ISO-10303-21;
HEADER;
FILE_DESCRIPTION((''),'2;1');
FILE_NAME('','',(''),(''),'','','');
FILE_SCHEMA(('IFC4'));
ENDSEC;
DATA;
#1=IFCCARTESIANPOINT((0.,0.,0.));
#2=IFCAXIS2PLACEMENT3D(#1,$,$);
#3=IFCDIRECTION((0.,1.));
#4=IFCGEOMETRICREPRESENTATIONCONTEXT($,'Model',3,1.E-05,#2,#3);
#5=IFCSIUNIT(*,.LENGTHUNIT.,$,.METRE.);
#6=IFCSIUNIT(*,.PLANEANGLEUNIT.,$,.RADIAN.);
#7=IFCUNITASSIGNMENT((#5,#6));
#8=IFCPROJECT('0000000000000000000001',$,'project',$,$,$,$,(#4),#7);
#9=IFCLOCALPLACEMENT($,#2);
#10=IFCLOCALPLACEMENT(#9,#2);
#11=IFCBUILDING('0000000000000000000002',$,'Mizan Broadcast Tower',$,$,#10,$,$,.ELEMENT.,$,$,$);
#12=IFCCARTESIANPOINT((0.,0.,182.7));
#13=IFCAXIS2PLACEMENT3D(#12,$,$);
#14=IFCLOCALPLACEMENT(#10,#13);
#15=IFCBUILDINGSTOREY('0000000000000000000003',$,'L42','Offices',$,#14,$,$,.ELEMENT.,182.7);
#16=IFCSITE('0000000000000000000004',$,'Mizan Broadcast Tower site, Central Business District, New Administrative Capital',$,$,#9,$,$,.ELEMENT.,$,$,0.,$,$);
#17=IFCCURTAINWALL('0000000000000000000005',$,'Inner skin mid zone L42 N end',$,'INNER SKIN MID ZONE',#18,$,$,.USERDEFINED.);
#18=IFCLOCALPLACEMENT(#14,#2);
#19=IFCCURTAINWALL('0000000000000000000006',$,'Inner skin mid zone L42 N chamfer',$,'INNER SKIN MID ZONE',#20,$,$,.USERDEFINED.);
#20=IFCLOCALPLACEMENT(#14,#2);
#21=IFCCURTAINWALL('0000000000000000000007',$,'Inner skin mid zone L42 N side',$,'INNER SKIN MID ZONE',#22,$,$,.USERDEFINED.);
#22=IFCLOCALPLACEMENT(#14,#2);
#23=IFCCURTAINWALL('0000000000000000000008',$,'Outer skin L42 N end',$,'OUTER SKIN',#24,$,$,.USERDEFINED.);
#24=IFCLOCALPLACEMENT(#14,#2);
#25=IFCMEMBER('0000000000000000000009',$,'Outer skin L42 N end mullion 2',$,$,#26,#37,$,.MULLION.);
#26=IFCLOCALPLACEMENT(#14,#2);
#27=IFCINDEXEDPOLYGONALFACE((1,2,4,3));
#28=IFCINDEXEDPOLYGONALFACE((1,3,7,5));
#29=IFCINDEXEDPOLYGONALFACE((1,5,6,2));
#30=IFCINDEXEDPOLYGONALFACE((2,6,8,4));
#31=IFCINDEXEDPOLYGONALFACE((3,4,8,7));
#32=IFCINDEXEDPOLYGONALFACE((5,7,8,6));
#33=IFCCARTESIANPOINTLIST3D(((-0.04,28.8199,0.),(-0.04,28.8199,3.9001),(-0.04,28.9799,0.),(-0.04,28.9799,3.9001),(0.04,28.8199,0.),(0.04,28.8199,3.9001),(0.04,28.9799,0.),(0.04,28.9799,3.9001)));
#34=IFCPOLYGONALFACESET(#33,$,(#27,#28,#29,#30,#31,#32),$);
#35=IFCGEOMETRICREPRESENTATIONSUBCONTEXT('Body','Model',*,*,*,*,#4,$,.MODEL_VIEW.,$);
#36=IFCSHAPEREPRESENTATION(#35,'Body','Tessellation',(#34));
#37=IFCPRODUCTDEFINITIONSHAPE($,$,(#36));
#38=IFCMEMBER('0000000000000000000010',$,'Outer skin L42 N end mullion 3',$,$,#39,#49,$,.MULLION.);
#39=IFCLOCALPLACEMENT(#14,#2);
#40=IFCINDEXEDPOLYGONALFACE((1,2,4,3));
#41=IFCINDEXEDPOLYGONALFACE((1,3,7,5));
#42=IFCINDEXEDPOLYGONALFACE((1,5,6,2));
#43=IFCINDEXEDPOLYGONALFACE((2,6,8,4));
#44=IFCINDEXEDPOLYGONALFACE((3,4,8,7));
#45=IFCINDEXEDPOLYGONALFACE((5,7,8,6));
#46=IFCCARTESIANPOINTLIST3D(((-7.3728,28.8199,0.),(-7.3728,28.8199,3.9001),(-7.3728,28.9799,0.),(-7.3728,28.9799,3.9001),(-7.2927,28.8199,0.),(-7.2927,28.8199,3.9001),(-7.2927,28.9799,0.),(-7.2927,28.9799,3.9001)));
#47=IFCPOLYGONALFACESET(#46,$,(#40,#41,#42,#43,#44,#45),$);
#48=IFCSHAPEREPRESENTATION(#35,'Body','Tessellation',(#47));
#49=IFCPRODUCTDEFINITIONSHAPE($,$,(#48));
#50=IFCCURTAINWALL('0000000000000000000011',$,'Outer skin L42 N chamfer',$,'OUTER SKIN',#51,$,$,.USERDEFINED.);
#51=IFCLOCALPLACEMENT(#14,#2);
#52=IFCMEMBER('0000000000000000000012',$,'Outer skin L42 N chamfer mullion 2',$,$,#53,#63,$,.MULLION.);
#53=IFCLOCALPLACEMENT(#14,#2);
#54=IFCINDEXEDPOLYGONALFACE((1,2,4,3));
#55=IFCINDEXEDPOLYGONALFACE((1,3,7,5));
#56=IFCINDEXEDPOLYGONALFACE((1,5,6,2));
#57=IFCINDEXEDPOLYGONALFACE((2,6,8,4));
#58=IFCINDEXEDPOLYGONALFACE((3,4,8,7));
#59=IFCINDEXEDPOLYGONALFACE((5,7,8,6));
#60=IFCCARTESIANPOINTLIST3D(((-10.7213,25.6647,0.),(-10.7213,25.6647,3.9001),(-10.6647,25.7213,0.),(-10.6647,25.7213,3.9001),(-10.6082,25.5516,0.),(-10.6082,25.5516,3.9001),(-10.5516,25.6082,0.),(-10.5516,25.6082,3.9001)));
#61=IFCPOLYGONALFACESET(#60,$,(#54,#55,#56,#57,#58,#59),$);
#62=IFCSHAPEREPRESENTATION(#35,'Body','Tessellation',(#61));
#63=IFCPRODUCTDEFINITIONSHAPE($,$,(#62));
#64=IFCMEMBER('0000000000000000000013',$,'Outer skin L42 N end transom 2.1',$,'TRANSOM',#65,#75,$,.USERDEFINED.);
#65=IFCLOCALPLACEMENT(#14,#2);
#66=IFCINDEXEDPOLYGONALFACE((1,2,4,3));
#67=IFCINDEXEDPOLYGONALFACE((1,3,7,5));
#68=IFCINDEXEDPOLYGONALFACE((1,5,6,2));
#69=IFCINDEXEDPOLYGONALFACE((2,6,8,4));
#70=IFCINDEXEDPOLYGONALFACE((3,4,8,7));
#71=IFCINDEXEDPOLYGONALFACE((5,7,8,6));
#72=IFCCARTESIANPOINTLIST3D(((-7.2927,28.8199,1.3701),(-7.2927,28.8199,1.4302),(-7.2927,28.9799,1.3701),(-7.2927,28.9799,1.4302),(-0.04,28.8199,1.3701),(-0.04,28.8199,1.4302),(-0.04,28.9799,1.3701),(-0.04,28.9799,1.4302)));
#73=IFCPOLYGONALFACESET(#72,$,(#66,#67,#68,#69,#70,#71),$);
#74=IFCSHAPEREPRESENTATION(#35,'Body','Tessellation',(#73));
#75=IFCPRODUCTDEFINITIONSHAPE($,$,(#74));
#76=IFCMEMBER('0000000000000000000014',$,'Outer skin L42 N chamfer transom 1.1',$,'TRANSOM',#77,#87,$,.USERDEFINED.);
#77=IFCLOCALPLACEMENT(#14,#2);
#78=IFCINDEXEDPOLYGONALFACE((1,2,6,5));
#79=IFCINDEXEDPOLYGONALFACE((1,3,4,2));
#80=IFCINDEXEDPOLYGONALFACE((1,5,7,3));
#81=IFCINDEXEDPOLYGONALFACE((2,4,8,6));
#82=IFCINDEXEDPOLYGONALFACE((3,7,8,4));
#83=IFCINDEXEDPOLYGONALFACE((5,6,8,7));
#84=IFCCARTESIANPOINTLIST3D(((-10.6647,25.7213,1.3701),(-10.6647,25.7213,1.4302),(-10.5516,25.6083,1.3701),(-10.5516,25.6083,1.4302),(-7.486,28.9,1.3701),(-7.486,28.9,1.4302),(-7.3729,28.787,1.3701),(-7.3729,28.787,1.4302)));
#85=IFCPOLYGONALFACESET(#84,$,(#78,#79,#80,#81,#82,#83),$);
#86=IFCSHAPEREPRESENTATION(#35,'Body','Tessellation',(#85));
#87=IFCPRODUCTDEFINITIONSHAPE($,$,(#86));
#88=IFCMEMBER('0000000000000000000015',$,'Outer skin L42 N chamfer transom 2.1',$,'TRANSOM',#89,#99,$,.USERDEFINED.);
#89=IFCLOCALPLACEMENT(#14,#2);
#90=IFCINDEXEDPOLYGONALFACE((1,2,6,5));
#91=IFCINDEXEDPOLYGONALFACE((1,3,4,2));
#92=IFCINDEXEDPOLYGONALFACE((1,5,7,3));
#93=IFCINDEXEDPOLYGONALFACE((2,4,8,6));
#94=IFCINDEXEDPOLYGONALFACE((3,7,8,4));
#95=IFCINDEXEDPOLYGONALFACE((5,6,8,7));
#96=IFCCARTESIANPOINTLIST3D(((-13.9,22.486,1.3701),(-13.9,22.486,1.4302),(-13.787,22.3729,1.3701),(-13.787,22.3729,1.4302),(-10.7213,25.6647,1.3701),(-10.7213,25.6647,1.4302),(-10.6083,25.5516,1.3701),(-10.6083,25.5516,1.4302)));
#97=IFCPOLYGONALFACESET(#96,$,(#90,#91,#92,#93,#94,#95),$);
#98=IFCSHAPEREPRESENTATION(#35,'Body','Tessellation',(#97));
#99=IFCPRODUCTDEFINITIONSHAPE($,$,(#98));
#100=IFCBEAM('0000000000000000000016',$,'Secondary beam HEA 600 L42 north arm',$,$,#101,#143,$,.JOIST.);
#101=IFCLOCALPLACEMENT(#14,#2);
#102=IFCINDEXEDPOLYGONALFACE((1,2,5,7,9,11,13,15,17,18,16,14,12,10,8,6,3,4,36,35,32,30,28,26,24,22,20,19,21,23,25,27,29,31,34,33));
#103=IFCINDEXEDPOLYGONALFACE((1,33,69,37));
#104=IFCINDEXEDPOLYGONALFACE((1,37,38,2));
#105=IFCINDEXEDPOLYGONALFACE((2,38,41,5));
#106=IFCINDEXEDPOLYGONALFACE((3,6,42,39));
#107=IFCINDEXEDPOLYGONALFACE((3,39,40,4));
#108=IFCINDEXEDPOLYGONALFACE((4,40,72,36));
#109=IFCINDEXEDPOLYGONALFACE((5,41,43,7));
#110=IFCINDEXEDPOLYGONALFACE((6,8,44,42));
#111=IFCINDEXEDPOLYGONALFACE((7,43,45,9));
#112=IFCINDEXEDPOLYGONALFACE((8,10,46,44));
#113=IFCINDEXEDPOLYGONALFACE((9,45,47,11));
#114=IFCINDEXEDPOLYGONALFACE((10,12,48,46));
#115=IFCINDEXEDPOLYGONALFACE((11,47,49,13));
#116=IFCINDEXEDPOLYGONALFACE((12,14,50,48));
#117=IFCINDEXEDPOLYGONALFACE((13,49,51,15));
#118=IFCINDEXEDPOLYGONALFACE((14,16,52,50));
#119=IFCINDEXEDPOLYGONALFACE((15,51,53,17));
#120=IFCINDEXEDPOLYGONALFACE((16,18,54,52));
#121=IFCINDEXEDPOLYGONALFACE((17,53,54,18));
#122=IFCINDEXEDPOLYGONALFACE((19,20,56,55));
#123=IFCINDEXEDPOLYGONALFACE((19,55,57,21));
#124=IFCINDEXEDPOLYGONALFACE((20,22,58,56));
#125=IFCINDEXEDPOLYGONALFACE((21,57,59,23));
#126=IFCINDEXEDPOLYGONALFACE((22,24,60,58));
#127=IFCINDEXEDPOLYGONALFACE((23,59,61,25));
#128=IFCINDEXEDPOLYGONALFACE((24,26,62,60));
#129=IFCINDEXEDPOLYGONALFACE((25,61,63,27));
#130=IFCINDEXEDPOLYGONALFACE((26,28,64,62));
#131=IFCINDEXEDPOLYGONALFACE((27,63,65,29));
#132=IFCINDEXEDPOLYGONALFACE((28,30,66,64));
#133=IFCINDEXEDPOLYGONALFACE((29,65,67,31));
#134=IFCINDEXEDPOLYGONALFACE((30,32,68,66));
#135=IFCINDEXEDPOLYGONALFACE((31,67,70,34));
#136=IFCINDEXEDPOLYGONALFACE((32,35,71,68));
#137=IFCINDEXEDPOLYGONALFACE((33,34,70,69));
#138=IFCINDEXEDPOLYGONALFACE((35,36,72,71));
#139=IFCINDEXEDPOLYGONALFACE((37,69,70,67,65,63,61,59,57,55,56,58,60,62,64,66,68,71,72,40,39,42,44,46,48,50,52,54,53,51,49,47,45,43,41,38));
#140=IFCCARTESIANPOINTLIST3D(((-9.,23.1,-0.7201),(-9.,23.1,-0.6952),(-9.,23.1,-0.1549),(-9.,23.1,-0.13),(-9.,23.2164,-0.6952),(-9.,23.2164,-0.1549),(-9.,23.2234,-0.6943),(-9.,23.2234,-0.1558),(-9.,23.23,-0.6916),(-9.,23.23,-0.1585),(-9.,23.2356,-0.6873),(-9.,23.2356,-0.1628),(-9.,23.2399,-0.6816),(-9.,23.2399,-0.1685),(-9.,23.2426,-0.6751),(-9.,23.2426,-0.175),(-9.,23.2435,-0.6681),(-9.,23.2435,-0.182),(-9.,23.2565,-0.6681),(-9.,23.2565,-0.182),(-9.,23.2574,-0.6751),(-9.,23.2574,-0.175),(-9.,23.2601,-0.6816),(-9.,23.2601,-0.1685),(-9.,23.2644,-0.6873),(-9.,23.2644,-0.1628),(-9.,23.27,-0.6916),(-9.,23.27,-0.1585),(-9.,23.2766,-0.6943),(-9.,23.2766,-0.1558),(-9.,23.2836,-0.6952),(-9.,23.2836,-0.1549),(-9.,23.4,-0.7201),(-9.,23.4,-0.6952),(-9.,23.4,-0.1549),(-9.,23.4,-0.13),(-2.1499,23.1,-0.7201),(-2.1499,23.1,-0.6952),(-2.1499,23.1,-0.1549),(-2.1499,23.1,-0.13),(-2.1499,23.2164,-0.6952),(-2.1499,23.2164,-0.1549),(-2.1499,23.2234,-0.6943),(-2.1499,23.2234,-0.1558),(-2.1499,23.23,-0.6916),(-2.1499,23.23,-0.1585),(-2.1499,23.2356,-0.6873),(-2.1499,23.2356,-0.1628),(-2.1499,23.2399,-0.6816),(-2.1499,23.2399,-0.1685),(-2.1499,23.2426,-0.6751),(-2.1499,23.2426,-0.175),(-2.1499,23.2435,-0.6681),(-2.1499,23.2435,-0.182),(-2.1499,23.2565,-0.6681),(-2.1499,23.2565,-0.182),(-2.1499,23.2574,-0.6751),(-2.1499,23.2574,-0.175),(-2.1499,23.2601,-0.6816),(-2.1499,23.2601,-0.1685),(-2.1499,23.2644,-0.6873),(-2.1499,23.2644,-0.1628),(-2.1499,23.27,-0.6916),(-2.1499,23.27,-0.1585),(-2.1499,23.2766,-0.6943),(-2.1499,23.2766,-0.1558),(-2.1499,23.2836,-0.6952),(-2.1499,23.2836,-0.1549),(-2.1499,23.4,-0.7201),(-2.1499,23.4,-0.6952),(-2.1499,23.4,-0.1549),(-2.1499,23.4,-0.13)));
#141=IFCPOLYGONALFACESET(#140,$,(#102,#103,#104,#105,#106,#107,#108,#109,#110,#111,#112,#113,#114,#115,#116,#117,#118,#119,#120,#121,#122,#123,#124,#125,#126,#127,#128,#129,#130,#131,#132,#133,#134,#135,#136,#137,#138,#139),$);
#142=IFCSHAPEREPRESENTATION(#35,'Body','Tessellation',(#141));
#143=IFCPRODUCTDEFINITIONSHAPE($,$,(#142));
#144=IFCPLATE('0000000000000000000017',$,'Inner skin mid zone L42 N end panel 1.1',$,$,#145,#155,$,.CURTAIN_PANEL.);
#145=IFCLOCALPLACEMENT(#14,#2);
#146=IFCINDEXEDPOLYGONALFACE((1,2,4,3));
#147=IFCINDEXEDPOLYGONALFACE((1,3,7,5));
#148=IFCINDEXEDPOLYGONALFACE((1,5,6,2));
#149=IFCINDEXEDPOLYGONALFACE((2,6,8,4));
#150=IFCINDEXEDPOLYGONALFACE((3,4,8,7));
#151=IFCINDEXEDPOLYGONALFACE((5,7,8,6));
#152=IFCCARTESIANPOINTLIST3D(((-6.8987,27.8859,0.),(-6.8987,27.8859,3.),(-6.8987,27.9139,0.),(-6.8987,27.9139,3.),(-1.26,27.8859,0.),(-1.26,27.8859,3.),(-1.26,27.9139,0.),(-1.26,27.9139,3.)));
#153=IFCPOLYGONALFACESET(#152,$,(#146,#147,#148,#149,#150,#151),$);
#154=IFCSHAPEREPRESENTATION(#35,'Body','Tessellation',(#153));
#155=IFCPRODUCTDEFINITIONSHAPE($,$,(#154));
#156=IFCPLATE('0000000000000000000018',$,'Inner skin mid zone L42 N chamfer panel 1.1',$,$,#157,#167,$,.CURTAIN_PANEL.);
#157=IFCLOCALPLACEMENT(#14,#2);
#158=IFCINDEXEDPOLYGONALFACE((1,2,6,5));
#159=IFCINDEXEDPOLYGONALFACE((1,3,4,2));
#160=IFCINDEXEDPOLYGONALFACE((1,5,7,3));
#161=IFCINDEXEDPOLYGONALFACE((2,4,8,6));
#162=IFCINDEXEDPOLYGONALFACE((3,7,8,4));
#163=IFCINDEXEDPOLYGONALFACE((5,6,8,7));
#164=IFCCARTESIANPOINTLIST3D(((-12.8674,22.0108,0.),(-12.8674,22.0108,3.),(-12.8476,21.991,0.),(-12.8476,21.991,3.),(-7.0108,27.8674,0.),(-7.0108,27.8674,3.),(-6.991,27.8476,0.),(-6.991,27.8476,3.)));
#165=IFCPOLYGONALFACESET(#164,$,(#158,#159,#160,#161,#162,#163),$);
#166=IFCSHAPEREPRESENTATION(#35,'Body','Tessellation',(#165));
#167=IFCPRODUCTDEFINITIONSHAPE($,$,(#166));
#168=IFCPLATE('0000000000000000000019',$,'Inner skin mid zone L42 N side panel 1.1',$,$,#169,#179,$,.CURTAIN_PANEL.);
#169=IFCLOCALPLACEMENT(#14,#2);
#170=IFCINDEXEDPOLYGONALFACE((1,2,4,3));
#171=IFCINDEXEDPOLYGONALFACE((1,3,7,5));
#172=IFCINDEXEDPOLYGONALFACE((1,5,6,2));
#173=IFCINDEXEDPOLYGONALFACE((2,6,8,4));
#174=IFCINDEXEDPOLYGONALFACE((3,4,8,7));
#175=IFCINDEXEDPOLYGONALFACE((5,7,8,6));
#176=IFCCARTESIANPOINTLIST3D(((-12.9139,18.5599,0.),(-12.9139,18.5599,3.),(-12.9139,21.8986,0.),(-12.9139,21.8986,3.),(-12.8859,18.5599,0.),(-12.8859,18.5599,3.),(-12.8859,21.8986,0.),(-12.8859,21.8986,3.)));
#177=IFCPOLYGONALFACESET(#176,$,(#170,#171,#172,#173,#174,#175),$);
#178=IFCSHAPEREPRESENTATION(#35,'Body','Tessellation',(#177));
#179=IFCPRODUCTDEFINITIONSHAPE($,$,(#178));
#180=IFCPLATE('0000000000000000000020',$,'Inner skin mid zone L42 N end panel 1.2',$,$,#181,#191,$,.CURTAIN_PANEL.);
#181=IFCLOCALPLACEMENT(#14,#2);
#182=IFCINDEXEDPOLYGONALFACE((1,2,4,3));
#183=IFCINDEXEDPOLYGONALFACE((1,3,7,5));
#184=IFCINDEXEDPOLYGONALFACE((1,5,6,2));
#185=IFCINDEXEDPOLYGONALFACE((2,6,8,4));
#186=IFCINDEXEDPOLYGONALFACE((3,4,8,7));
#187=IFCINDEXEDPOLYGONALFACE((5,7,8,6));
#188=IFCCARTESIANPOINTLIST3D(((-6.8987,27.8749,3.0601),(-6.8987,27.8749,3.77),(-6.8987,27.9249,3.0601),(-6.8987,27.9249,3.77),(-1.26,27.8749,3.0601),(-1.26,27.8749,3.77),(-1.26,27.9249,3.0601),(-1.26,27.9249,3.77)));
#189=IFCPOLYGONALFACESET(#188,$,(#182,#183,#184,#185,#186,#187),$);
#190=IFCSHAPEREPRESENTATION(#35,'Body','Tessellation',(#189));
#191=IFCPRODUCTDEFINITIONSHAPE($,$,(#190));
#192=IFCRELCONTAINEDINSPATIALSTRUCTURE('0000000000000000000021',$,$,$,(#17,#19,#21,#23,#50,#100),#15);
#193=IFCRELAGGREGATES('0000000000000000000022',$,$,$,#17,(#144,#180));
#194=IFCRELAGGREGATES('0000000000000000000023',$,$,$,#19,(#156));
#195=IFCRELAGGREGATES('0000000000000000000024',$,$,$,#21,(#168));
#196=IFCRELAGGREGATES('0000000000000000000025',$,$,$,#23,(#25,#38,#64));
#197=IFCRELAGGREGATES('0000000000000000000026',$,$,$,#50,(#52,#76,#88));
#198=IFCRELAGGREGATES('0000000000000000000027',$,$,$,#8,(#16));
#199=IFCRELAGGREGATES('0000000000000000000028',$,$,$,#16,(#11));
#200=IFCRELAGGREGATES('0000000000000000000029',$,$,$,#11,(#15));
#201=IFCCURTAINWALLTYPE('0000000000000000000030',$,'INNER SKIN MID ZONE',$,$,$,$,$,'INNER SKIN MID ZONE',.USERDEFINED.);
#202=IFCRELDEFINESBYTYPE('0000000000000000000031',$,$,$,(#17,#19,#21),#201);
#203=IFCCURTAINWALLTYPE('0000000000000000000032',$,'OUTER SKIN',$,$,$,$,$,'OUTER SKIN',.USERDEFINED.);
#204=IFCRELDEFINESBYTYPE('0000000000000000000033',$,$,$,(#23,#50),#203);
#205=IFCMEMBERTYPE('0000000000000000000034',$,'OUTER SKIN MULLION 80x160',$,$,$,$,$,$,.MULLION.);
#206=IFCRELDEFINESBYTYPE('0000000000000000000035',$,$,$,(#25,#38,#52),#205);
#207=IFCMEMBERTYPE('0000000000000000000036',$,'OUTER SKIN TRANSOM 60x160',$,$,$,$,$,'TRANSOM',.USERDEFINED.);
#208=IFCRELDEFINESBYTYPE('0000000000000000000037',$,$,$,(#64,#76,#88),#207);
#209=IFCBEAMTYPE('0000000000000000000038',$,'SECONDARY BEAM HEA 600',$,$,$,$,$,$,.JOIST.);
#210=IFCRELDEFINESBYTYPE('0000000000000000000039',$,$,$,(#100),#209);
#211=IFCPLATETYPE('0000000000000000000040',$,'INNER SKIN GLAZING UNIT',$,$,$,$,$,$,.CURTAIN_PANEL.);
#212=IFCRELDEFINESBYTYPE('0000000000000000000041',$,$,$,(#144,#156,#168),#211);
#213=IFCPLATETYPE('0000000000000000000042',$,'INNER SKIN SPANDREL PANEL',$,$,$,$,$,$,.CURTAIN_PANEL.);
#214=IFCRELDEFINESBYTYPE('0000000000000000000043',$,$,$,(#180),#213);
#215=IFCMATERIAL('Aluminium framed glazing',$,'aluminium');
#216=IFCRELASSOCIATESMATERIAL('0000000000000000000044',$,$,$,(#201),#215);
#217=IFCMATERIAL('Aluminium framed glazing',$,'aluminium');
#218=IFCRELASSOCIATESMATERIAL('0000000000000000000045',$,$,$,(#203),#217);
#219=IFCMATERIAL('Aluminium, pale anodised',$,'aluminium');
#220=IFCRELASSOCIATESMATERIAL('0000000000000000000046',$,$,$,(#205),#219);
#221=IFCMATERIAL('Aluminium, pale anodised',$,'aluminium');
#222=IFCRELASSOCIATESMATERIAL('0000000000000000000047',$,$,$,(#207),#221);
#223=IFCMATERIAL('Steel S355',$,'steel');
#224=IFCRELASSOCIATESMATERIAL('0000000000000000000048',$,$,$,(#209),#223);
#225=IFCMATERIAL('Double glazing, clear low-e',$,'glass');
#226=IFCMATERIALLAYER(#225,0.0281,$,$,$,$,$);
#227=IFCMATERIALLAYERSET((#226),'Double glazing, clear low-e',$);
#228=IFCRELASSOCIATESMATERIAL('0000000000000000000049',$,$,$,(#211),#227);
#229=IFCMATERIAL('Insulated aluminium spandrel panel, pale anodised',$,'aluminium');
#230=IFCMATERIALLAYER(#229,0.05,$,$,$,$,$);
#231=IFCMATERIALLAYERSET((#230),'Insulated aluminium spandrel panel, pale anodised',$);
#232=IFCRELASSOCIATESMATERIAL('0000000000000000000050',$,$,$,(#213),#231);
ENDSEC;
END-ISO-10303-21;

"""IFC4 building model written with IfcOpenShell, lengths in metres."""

from ifc_helpers import new_model, si_unit, direction, frame, origin, origin_2d, place, context, subcontext, project, spatial, rectangle, i_section, extrude, material, layer, layer_set, material_profile, profile_set, type_object, element, aggregate, save


model = new_model("IFC4")

# Units and contexts
model_context = context("Model", 3, precision=1e-05, world=origin(), true_north=direction((0.0, 1.0)))
body_context = subcontext(model_context, "Body", "Model", "MODEL_VIEW")
ifc_project = project(units=[si_unit("LENGTHUNIT", "METRE"), si_unit("PLANEANGLEUNIT", "RADIAN")], contexts=[model_context])

# Site, building, storey
site_placement = place(None, origin())
site = spatial("IfcSite", under=ifc_project, at=site_placement, Name="Mizan Broadcast Tower site, Central Business District, New Administrative Capital", CompositionType="ELEMENT", RefElevation=0.0)
building_placement = place(site_placement, origin())
building = spatial("IfcBuilding", under=site, at=building_placement, Name="Mizan Broadcast Tower", CompositionType="ELEMENT")
storey_placement = place(building_placement, frame((0.0, 0.0, 182.7)))
storey = spatial("IfcBuildingStorey", under=building, at=storey_placement, Name="L42", Description="Offices", CompositionType="ELEMENT", Elevation=182.7)

# Curtain wall
ifc_material_1 = material(Name="Aluminium framed glazing", Category="aluminium")
curtain_wall_type_1 = type_object("IfcCurtainWallType", Name="INNER SKIN MID ZONE", ElementType="INNER SKIN MID ZONE", PredefinedType="USERDEFINED", material=ifc_material_1)
curtain_wall_1_placement = place(storey_placement, origin())
curtain_wall_1 = element("IfcCurtainWall", 1, at=curtain_wall_1_placement, inside=storey, type_object=curtain_wall_type_1, Name="Inner skin mid zone L42 N end", ObjectType="INNER SKIN MID ZONE", PredefinedType="USERDEFINED")

# Curtain wall
curtain_wall_2_placement = place(storey_placement, origin())
curtain_wall_2 = element("IfcCurtainWall", 2, at=curtain_wall_2_placement, inside=storey, type_object=curtain_wall_type_1, Name="Inner skin mid zone L42 N chamfer", ObjectType="INNER SKIN MID ZONE", PredefinedType="USERDEFINED")

# Curtain wall
curtain_wall_3_placement = place(storey_placement, origin())
curtain_wall_3 = element("IfcCurtainWall", 3, at=curtain_wall_3_placement, inside=storey, type_object=curtain_wall_type_1, Name="Inner skin mid zone L42 N side", ObjectType="INNER SKIN MID ZONE", PredefinedType="USERDEFINED")

# Curtain wall, members
ifc_material_2 = material(Name="Aluminium framed glazing", Category="aluminium")
curtain_wall_type_2 = type_object("IfcCurtainWallType", Name="OUTER SKIN", ElementType="OUTER SKIN", PredefinedType="USERDEFINED", material=ifc_material_2)
curtain_wall_4_placement = place(storey_placement, origin())
curtain_wall_4 = element("IfcCurtainWall", 4, at=curtain_wall_4_placement, inside=storey, type_object=curtain_wall_type_2, Name="Outer skin L42 N end", ObjectType="OUTER SKIN", PredefinedType="USERDEFINED")
ifc_material_3 = material(Name="Aluminium, pale anodised", Category="aluminium")
ifc_material_profile_1 = material_profile(ifc_material_3, rectangle(XDim=0.1599, YDim=0.0801, at=origin_2d()), Name="MULLION 160x80")
ifc_profile_set_1 = profile_set([ifc_material_profile_1], Name="Aluminium, pale anodised")
member_type_1 = type_object("IfcMemberType", Name="OUTER SKIN MULLION 80x160", PredefinedType="MULLION", material=ifc_profile_set_1)
member_1_placement = place(storey_placement, frame((0.0, 28.8999, 0.0), z_axis=(0.0, 0.0, 1.0), x_axis=(0.0, -1.0, 0.0)))
member_1 = element("IfcMember", 5, at=member_1_placement, type_object=member_type_1, Name="Outer skin L42 N end mullion 2", PredefinedType="MULLION", context=body_context, shape_type="SweptSolid", body=[
    extrude(rectangle(XDim=0.1599, YDim=0.0801, at=origin_2d()), origin(), (0.0, 0.0, 1.0), 3.9001),
])
member_2_placement = place(storey_placement, frame((-7.3328, 28.8999, 0.0), z_axis=(0.0, 0.0, 1.0), x_axis=(0.0, -1.0, 0.0)))
member_2 = element("IfcMember", 6, at=member_2_placement, type_object=member_type_1, Name="Outer skin L42 N end mullion 3", PredefinedType="MULLION", context=body_context, shape_type="SweptSolid", body=[
    extrude(rectangle(XDim=0.1599, YDim=0.0801, at=origin_2d()), origin(), (0.0, 0.0, 1.0), 3.9001),
])

# Curtain wall, member
curtain_wall_5_placement = place(storey_placement, origin())
curtain_wall_5 = element("IfcCurtainWall", 7, at=curtain_wall_5_placement, inside=storey, type_object=curtain_wall_type_2, Name="Outer skin L42 N chamfer", ObjectType="OUTER SKIN", PredefinedType="USERDEFINED")
member_3_placement = place(storey_placement, frame((-10.6365, 25.6365, 0.0), z_axis=(0.0, 0.0, 1.0), x_axis=(0.707107, -0.707107, 0.0)))
member_3 = element("IfcMember", 8, at=member_3_placement, type_object=member_type_1, Name="Outer skin L42 N chamfer mullion 2", PredefinedType="MULLION", context=body_context, shape_type="SweptSolid", body=[
    extrude(rectangle(XDim=0.1599, YDim=0.0801, at=origin_2d()), origin(), (0.0, 0.0, 1.0), 3.9001),
])

# Members
ifc_material_4 = material(Name="Aluminium, pale anodised", Category="aluminium")
ifc_material_profile_2 = material_profile(ifc_material_4, rectangle(XDim=0.1599, YDim=0.0601, at=origin_2d()), Name="TRANSOM 160x60")
ifc_profile_set_2 = profile_set([ifc_material_profile_2], Name="Aluminium, pale anodised")
member_type_2 = type_object("IfcMemberType", Name="OUTER SKIN TRANSOM 60x160", ElementType="TRANSOM", PredefinedType="USERDEFINED", material=ifc_profile_set_2)
member_4_placement = place(storey_placement, frame((-0.04, 28.8999, 1.4001), z_axis=(-1.0, 0.0, 0.0), x_axis=(0.0, -1.0, 0.0)))
member_4 = element("IfcMember", 9, at=member_4_placement, type_object=member_type_2, Name="Outer skin L42 N end transom 2.1", ObjectType="TRANSOM", PredefinedType="USERDEFINED", context=body_context, shape_type="SweptSolid", body=[
    extrude(rectangle(XDim=0.1599, YDim=0.0601, at=origin_2d()), origin(), (0.0, 0.0, 1.0), 7.2527),
])
member_5_placement = place(storey_placement, frame((-7.4294, 28.8435, 1.4001), z_axis=(-0.707107, -0.707107, 0.0), x_axis=(0.707107, -0.707107, 0.0)))
member_5 = element("IfcMember", 10, at=member_5_placement, type_object=member_type_2, Name="Outer skin L42 N chamfer transom 1.1", ObjectType="TRANSOM", PredefinedType="USERDEFINED", context=body_context, shape_type="SweptSolid", body=[
    extrude(rectangle(XDim=0.1599, YDim=0.0601, at=origin_2d()), origin(), (0.0, 0.0, 1.0), 4.4954),
])
member_6_placement = place(storey_placement, frame((-10.6648, 25.6082, 1.4001), z_axis=(-0.707107, -0.707107, 0.0), x_axis=(0.707107, -0.707107, 0.0)))
member_6 = element("IfcMember", 11, at=member_6_placement, type_object=member_type_2, Name="Outer skin L42 N chamfer transom 2.1", ObjectType="TRANSOM", PredefinedType="USERDEFINED", context=body_context, shape_type="SweptSolid", body=[
    extrude(rectangle(XDim=0.1599, YDim=0.0601, at=origin_2d()), origin(), (0.0, 0.0, 1.0), 4.4954),
])

# Beam
ifc_material_5 = material(Name="Steel S355", Category="steel")
ifc_material_profile_3 = material_profile(ifc_material_5, i_section(OverallWidth=0.3, OverallDepth=0.5901, WebThickness=0.0129, FlangeThickness=0.0249, FilletRadius=0.0271, at=origin_2d()), Name="HEA 600")
ifc_profile_set_3 = profile_set([ifc_material_profile_3], Name="Steel S355")
beam_type_1 = type_object("IfcBeamType", Name="SECONDARY BEAM HEA 600", PredefinedType="JOIST", material=ifc_profile_set_3)
beam_1_placement = place(storey_placement, frame((-9.0, 23.25, -0.425), z_axis=(1.0, 0.0, 0.0), x_axis=(0.0, 1.0, 0.0)))
element("IfcBeam", 12, at=beam_1_placement, inside=storey, type_object=beam_type_1, Name="Secondary beam HEA 600 L42 north arm", PredefinedType="JOIST", context=body_context, shape_type="SweptSolid", body=[
    extrude(i_section(OverallWidth=0.3, OverallDepth=0.5901, WebThickness=0.0129, FlangeThickness=0.0249, FilletRadius=0.0271, at=origin_2d()), origin(), (0.0, 0.0, 1.0), 6.8501),
])

# Plates
ifc_material_6 = material(Name="Double glazing, clear low-e", Category="glass")
ifc_layer_1 = layer(ifc_material_6, 0.0281)
ifc_layer_set_1 = layer_set([ifc_layer_1], Name="Double glazing, clear low-e")
plate_type_1 = type_object("IfcPlateType", Name="INNER SKIN GLAZING UNIT", PredefinedType="CURTAIN_PANEL", material=ifc_layer_set_1)
plate_1_placement = place(storey_placement, frame((-4.0793, 27.8999, 0.0), z_axis=(0.0, 0.0, 1.0), x_axis=(-1.0, 0.0, 0.0)))
plate_1 = element("IfcPlate", 13, at=plate_1_placement, type_object=plate_type_1, Name="Inner skin mid zone L42 N end panel 1.1", PredefinedType="CURTAIN_PANEL", context=body_context, shape_type="SweptSolid", body=[
    extrude(rectangle(XDim=5.6387, YDim=0.0281, at=origin_2d()), origin(), (0.0, 0.0, 1.0), 3.0),
])
plate_2_placement = place(storey_placement, frame((-9.9292, 24.9292, 0.0), z_axis=(0.0, 0.0, 1.0), x_axis=(-0.707107, -0.707107, 0.0)))
plate_2 = element("IfcPlate", 14, at=plate_2_placement, type_object=plate_type_1, Name="Inner skin mid zone L42 N chamfer panel 1.1", PredefinedType="CURTAIN_PANEL", context=body_context, shape_type="SweptSolid", body=[
    extrude(rectangle(XDim=8.2825, YDim=0.0281, at=origin_2d()), origin(), (0.0, 0.0, 1.0), 3.0),
])
plate_3_placement = place(storey_placement, frame((-12.8999, 20.2292, 0.0), z_axis=(0.0, 0.0, 1.0), x_axis=(0.0, -1.0, 0.0)))
plate_3 = element("IfcPlate", 15, at=plate_3_placement, type_object=plate_type_1, Name="Inner skin mid zone L42 N side panel 1.1", PredefinedType="CURTAIN_PANEL", context=body_context, shape_type="SweptSolid", body=[
    extrude(rectangle(XDim=3.3386, YDim=0.0281, at=origin_2d()), origin(), (0.0, 0.0, 1.0), 3.0),
])
ifc_material_7 = material(Name="Insulated aluminium spandrel panel, pale anodised", Category="aluminium")
ifc_layer_2 = layer(ifc_material_7, 0.05)
ifc_layer_set_2 = layer_set([ifc_layer_2], Name="Insulated aluminium spandrel panel, pale anodised")
plate_type_2 = type_object("IfcPlateType", Name="INNER SKIN SPANDREL PANEL", PredefinedType="CURTAIN_PANEL", material=ifc_layer_set_2)
plate_4_placement = place(storey_placement, frame((-4.0793, 27.8999, 3.0601), z_axis=(0.0, 0.0, 1.0), x_axis=(-1.0, 0.0, 0.0)))
plate_4 = element("IfcPlate", 16, at=plate_4_placement, type_object=plate_type_2, Name="Inner skin mid zone L42 N end panel 1.2", PredefinedType="CURTAIN_PANEL", context=body_context, shape_type="SweptSolid", body=[
    extrude(rectangle(XDim=5.6387, YDim=0.05, at=origin_2d()), origin(), (0.0, 0.0, 1.0), 0.71),
])
aggregate(curtain_wall_1, [plate_1, plate_4])
aggregate(curtain_wall_2, [plate_2])
aggregate(curtain_wall_3, [plate_3])
aggregate(curtain_wall_4, [member_1, member_2, member_4])
aggregate(curtain_wall_5, [member_3, member_5, member_6])

save(model, "model.ifc")
